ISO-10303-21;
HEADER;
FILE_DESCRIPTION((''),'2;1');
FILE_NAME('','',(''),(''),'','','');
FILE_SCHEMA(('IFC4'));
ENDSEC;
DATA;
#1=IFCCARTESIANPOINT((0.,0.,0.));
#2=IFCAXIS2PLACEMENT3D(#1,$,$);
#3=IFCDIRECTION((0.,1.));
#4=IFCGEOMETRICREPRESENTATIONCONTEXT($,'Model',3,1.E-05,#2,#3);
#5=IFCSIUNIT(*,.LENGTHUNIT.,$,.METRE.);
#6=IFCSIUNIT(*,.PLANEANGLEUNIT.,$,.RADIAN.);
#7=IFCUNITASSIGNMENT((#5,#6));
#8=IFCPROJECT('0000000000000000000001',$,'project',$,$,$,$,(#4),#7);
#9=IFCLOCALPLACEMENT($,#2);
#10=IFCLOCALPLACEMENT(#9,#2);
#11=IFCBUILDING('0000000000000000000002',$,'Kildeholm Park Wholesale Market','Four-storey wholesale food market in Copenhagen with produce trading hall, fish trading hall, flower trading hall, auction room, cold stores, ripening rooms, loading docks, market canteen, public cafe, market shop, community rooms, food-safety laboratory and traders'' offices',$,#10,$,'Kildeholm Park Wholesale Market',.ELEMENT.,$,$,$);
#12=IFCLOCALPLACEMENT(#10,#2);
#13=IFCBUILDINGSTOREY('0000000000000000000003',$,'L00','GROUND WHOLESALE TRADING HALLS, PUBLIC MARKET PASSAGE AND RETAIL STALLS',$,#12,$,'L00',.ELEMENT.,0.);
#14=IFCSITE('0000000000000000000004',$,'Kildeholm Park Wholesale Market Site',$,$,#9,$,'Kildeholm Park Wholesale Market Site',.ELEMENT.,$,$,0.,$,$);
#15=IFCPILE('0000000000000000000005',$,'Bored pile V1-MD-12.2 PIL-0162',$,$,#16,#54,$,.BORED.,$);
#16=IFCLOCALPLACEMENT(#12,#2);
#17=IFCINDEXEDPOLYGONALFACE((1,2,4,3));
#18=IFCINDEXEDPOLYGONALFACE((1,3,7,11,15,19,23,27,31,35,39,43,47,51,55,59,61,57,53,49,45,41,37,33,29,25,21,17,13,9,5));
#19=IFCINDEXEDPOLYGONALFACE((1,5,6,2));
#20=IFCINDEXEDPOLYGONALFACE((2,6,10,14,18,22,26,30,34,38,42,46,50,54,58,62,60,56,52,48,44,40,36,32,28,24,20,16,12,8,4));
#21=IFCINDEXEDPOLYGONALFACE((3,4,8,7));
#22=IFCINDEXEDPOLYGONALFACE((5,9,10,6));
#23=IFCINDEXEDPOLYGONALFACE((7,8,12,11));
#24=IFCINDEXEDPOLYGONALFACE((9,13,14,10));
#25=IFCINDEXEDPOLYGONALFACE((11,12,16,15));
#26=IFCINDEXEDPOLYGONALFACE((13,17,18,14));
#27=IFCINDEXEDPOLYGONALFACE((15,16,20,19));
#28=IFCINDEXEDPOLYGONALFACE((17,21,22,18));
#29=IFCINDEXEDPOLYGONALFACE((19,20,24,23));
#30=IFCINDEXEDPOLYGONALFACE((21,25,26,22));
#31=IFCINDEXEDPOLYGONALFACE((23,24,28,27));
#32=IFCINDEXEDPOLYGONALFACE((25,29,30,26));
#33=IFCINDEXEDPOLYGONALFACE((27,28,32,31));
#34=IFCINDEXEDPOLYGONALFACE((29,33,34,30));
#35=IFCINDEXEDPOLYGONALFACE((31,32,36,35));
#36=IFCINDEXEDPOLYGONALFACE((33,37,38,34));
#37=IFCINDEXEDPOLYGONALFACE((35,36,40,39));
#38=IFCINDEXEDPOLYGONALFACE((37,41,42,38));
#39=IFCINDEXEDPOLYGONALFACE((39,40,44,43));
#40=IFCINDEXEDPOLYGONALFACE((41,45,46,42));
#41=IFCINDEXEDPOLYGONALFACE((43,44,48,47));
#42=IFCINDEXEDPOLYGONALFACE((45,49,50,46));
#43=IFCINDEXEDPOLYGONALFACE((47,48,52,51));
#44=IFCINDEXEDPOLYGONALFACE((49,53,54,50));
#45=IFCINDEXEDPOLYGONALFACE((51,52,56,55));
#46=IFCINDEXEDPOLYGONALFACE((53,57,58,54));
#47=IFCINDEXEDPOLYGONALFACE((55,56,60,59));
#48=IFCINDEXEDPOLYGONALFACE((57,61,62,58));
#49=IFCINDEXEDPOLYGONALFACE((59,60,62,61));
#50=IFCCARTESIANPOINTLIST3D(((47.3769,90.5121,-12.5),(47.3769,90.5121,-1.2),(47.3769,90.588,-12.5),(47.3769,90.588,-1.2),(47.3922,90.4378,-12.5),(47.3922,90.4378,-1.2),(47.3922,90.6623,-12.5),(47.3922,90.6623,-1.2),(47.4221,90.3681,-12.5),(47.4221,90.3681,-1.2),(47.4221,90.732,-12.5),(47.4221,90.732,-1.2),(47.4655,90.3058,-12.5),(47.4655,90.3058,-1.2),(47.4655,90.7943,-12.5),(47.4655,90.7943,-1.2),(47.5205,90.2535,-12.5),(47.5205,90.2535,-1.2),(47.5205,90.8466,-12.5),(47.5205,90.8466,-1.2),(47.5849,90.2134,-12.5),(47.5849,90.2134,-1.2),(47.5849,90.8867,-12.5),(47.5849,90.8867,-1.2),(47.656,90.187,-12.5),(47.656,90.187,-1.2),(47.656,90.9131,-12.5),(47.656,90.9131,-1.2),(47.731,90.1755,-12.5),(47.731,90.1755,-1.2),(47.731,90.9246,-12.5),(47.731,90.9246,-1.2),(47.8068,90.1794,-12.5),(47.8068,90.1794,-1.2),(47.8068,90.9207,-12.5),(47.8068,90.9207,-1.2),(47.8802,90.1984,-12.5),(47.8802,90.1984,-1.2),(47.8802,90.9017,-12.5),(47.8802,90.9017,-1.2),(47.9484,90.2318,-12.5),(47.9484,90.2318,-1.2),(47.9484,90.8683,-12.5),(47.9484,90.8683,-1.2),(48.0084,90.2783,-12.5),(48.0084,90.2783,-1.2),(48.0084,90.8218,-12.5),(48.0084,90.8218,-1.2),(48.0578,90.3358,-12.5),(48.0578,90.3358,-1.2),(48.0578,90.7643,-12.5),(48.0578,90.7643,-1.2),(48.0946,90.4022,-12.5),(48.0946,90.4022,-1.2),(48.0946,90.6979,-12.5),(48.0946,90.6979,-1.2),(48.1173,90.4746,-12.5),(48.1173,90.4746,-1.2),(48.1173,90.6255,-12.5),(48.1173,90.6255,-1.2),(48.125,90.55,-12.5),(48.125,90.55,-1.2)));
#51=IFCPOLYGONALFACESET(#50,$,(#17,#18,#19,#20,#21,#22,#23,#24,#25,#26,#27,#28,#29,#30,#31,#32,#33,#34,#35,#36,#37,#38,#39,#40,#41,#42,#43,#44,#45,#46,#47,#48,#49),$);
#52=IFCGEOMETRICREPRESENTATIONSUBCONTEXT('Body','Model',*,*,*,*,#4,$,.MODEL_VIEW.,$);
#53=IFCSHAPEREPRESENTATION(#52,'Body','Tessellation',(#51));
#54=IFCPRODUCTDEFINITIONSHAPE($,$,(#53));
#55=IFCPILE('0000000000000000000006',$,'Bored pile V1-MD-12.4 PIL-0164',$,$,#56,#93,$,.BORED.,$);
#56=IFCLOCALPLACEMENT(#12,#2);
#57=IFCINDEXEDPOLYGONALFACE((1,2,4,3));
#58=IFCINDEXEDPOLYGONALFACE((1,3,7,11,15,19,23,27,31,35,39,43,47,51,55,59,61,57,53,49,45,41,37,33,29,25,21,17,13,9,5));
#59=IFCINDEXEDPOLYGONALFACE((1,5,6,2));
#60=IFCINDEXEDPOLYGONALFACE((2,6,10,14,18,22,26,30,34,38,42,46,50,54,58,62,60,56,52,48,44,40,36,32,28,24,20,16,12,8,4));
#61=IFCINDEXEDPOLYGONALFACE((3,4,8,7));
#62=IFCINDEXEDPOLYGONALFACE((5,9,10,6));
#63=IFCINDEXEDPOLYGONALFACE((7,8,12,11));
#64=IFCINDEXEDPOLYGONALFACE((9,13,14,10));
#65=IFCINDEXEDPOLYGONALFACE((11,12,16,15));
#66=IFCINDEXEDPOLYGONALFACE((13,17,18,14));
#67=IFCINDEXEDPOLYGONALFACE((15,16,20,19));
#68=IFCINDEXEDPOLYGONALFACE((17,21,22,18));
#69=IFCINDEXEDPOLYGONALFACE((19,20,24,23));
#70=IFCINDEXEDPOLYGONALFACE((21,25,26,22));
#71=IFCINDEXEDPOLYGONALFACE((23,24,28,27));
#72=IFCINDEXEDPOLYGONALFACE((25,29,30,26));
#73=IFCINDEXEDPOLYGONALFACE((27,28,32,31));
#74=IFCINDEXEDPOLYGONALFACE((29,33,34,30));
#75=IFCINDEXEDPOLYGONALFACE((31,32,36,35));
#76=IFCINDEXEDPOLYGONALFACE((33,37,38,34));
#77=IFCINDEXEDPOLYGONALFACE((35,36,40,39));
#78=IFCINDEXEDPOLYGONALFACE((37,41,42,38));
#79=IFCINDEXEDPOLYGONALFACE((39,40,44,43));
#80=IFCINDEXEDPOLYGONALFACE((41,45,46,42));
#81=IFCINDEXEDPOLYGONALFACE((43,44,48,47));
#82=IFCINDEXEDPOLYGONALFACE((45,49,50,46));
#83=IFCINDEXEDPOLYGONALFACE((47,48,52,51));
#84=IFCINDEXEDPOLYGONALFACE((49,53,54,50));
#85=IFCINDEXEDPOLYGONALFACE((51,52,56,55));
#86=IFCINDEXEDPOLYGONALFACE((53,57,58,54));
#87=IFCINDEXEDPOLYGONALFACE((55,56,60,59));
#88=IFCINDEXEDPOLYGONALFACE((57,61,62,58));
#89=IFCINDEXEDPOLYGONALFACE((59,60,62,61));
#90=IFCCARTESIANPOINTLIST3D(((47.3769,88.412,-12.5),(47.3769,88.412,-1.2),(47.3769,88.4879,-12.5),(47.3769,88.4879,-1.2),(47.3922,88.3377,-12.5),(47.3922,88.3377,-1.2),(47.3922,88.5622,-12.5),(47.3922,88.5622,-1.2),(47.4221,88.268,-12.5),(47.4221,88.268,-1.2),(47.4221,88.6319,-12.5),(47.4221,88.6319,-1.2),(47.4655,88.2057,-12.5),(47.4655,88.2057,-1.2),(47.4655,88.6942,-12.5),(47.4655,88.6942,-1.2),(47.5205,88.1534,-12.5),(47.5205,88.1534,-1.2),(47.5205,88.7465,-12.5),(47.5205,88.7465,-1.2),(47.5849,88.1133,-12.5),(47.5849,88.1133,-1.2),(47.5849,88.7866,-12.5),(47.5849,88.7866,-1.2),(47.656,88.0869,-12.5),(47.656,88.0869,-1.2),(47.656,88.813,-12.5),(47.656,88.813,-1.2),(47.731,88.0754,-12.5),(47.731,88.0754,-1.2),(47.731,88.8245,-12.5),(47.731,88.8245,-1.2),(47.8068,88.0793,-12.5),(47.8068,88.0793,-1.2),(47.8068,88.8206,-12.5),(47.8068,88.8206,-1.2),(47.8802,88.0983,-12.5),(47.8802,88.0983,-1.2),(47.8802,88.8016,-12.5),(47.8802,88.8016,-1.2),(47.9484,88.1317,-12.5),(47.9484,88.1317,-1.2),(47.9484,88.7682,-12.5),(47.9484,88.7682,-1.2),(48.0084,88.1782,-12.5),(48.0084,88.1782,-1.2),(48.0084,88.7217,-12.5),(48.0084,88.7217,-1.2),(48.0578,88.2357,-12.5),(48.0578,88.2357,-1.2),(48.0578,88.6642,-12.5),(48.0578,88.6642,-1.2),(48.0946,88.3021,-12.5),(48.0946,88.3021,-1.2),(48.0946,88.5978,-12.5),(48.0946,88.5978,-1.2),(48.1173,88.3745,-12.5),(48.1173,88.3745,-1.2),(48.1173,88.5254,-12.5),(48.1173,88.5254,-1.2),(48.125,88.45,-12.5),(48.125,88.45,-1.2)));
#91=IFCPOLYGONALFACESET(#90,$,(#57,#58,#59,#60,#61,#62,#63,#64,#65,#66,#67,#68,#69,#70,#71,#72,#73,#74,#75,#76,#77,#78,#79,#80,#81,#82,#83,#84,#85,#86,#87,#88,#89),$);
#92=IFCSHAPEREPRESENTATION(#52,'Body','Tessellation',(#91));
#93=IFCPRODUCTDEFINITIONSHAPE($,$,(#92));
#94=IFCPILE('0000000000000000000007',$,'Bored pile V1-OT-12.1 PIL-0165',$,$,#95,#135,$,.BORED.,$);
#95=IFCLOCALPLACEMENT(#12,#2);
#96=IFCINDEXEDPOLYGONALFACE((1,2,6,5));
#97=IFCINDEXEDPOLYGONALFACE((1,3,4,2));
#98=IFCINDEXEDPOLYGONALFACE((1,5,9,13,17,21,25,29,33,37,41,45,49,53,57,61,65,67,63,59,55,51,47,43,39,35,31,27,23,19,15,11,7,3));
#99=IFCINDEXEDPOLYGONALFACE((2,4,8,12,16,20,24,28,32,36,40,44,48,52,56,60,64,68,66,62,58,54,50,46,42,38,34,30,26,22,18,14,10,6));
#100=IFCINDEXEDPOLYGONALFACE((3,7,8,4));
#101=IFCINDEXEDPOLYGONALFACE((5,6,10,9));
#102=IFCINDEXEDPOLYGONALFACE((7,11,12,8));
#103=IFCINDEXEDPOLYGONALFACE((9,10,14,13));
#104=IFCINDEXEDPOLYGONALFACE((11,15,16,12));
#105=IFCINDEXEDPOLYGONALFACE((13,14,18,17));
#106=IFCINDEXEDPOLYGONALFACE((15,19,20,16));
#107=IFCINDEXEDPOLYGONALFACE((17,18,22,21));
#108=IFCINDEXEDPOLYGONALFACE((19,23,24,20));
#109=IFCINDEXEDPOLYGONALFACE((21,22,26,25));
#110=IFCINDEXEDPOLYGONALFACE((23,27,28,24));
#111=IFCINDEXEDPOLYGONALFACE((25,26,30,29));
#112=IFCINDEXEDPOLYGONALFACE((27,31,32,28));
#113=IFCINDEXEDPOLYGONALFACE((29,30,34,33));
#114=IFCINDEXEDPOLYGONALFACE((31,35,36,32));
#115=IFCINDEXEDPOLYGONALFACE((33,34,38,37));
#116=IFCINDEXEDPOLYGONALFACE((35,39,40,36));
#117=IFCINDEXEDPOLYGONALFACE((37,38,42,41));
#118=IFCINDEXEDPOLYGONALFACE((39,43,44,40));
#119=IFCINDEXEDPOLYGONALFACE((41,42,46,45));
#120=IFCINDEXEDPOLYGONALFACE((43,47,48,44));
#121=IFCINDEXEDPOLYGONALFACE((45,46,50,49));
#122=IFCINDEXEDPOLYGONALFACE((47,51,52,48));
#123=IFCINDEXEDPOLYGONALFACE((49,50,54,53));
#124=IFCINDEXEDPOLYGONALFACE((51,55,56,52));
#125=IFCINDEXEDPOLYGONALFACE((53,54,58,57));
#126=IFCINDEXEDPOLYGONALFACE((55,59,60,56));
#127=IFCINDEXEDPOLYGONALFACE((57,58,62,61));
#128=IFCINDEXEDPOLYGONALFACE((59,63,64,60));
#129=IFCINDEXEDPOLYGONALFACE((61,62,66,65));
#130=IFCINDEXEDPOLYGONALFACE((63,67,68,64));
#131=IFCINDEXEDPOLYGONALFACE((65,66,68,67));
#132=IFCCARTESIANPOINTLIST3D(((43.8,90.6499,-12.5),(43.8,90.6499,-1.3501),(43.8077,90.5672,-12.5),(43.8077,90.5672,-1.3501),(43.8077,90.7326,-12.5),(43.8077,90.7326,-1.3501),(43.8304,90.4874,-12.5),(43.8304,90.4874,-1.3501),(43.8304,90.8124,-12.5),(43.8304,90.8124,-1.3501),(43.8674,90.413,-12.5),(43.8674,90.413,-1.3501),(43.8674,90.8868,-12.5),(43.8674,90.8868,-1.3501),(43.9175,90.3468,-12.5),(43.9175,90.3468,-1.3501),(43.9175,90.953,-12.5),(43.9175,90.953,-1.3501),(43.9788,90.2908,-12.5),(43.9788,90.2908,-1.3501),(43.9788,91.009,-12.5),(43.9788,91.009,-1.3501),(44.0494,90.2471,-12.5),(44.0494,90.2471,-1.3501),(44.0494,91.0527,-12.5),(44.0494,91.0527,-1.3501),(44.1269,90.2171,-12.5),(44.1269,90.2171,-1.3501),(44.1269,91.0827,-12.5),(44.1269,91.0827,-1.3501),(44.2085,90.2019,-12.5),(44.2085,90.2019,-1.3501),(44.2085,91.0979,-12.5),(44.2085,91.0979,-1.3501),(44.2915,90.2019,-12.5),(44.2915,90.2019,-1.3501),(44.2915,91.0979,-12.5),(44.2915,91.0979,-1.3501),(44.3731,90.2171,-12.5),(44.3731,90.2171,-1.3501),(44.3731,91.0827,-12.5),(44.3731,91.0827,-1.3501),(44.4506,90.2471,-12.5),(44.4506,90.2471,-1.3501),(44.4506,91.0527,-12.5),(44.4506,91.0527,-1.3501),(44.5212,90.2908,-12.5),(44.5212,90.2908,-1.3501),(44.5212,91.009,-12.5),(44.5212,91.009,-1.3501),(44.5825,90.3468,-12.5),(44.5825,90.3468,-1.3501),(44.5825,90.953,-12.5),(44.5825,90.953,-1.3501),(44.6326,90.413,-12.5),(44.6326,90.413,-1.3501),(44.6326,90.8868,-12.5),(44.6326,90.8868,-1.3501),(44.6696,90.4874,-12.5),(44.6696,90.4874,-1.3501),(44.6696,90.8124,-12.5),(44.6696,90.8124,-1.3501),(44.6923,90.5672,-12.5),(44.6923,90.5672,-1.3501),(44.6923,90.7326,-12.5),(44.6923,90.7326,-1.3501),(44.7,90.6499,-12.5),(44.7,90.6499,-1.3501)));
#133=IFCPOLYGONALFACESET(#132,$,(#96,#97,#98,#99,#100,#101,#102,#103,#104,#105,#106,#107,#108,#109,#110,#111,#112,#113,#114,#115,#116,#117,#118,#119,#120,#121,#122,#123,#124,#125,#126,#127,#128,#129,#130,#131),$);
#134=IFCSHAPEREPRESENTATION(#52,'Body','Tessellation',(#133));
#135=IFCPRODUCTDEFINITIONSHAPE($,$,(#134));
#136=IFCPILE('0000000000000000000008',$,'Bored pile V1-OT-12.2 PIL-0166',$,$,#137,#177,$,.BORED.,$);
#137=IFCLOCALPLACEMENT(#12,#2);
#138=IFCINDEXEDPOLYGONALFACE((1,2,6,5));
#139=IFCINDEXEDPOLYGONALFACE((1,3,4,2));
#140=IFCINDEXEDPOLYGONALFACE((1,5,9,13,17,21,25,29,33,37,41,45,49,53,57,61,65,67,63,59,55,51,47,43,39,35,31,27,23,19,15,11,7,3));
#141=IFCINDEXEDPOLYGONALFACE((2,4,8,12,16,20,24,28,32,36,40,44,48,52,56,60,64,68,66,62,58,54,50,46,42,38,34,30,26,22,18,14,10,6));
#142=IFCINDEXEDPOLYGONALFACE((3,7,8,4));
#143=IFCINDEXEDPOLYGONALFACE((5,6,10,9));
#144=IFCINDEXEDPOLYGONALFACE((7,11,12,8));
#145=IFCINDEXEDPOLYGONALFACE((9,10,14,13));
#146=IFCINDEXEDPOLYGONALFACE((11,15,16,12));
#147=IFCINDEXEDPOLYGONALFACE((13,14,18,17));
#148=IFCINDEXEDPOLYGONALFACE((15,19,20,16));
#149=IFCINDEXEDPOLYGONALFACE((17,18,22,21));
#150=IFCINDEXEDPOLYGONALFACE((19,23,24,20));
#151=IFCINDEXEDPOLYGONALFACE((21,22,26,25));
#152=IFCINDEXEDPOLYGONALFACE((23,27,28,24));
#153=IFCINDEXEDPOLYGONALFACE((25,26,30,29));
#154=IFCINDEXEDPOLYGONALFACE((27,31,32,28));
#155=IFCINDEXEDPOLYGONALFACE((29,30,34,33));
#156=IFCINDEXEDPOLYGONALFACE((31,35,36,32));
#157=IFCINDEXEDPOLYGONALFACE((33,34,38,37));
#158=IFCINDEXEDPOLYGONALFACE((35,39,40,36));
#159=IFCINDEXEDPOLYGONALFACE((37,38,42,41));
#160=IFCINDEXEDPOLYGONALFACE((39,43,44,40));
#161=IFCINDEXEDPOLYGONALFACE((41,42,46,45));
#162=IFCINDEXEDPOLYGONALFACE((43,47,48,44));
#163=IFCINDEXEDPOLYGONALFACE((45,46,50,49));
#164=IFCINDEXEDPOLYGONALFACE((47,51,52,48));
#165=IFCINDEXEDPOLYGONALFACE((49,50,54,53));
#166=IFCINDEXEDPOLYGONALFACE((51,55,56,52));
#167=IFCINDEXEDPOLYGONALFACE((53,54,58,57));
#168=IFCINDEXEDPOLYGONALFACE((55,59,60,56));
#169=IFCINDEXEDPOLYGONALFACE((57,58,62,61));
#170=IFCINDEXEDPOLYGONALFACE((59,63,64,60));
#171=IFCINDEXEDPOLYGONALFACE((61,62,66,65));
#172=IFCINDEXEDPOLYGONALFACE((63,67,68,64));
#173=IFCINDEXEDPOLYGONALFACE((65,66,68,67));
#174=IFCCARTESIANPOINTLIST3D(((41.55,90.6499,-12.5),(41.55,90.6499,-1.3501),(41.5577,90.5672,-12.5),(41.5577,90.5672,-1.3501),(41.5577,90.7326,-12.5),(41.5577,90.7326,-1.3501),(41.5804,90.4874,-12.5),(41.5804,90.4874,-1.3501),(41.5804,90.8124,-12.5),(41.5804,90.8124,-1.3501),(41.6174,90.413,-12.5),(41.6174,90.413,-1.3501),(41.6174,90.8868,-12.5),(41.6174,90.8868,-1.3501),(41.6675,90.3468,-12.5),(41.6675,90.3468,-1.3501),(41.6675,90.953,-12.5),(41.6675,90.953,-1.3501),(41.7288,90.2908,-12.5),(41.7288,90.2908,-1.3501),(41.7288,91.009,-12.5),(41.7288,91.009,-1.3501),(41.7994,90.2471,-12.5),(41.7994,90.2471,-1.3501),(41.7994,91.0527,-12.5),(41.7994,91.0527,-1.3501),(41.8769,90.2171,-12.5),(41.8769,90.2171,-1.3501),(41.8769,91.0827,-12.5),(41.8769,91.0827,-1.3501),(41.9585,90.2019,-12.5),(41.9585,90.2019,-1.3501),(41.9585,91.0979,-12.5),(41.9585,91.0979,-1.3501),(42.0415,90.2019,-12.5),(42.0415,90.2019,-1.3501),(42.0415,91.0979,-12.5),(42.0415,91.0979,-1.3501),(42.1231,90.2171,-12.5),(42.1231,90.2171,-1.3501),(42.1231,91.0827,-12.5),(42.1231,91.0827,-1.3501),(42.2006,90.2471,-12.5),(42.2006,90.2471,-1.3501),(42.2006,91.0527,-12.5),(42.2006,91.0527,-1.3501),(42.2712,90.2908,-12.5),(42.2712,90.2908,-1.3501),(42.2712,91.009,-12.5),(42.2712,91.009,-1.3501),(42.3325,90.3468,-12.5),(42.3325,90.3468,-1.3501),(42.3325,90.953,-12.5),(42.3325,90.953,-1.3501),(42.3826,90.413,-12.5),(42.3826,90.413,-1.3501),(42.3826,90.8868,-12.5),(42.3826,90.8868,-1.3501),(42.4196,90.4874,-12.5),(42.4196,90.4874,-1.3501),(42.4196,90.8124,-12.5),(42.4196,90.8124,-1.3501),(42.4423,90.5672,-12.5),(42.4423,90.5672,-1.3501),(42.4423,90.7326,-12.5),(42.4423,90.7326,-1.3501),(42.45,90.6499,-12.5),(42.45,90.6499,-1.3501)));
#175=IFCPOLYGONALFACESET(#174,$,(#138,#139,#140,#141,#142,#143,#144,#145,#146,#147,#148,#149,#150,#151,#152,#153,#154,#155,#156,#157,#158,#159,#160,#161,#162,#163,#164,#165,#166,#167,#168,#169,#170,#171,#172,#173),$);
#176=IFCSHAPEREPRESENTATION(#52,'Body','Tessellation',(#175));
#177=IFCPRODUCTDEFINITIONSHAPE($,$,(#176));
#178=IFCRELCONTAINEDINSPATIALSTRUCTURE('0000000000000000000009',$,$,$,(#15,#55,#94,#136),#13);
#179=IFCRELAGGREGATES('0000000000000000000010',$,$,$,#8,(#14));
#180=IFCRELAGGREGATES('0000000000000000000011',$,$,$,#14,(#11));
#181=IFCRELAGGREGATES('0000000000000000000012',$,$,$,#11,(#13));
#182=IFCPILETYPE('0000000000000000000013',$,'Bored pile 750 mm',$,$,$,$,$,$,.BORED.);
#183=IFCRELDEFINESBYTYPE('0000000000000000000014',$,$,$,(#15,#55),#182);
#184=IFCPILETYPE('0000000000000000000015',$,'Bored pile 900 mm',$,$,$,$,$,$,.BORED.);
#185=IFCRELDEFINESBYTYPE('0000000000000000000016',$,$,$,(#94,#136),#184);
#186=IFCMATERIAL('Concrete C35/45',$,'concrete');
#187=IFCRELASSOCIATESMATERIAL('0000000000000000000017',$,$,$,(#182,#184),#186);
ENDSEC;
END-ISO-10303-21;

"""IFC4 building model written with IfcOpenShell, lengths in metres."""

from ifc_helpers import new_model, si_unit, direction, frame, origin, origin_2d, place, context, subcontext, project, spatial, circle, extrude, material, material_profile, profile_set, type_object, element, save


model = new_model("IFC4")

# Units and contexts
model_context = context("Model", 3, precision=1e-05, world=origin(), true_north=direction((0.0, 1.0)))
body_context = subcontext(model_context, "Body", "Model", "MODEL_VIEW")
ifc_project = project(units=[si_unit("LENGTHUNIT", "METRE"), si_unit("PLANEANGLEUNIT", "RADIAN")], contexts=[model_context])

# Site, building, storey
site_placement = place(None, origin())
site = spatial("IfcSite", under=ifc_project, at=site_placement, Name="Kildeholm Park Wholesale Market Site", LongName="Kildeholm Park Wholesale Market Site", CompositionType="ELEMENT", RefElevation=0.0)
building_placement = place(site_placement, origin())
building = spatial("IfcBuilding", under=site, at=building_placement, Name="Kildeholm Park Wholesale Market", Description="Four-storey wholesale food market in Copenhagen with produce trading hall, fish trading hall, flower trading hall, auction room, cold stores, ripening rooms, loading docks, market canteen, public cafe, market shop, community rooms, food-safety laboratory and traders' offices", LongName="Kildeholm Park Wholesale Market", CompositionType="ELEMENT")
storey_placement = place(building_placement, origin())
storey = spatial("IfcBuildingStorey", under=building, at=storey_placement, Name="L00", Description="GROUND WHOLESALE TRADING HALLS, PUBLIC MARKET PASSAGE AND RETAIL STALLS", LongName="L00", CompositionType="ELEMENT", Elevation=0.0)

# Piles
ifc_material_1 = material(Name="Concrete C35/45", Category="concrete")
ifc_material_profile_1 = material_profile(ifc_material_1, circle(Radius=0.375, at=origin_2d()), Name="PILE D750")
ifc_profile_set_1 = profile_set([ifc_material_profile_1], Name="Concrete C35/45")
pile_type_1 = type_object("IfcPileType", Name="Bored pile 750 mm", PredefinedType="BORED", material=ifc_profile_set_1)
for number, where, z_axis, x_axis, name in (
    (1, (47.75, 90.55, -1.2), (0.0, 0.0, -1.0), (1.0, 0.0, 0.0), "Bored pile V1-MD-12.2 PIL-0162"),
    (2, (47.75, 88.45, -1.2), (0.0, 0.0, -1.0), (1.0, 0.0, 0.0), "Bored pile V1-MD-12.4 PIL-0164"),
):
    element("IfcPile", number, at=place(storey_placement, frame(where, z_axis=z_axis, x_axis=x_axis)), inside=storey, type_object=pile_type_1, Name=name, PredefinedType="BORED", context=body_context, shape_type="SweptSolid", body=[
        extrude(circle(Radius=0.375, at=origin_2d()), origin(), (0.0, 0.0, 1.0), 11.3),
    ])
ifc_material_profile_2 = material_profile(ifc_material_1, circle(Radius=0.45, at=origin_2d()), Name="PILE D900")
ifc_profile_set_2 = profile_set([ifc_material_profile_2], Name="Concrete C35/45")
pile_type_2 = type_object("IfcPileType", Name="Bored pile 900 mm", PredefinedType="BORED", material=ifc_profile_set_2)
for number, where, z_axis, x_axis, name in (
    (3, (44.25, 90.6499, -1.3501), (0.0, 0.0, -1.0), (1.0, 0.0, 0.0), "Bored pile V1-OT-12.1 PIL-0165"),
    (4, (42.0, 90.6499, -1.3501), (0.0, 0.0, -1.0), (1.0, 0.0, 0.0), "Bored pile V1-OT-12.2 PIL-0166"),
):
    element("IfcPile", number, at=place(storey_placement, frame(where, z_axis=z_axis, x_axis=x_axis)), inside=storey, type_object=pile_type_2, Name=name, PredefinedType="BORED", context=body_context, shape_type="SweptSolid", body=[
        extrude(circle(Radius=0.45, at=origin_2d()), origin(), (0.0, 0.0, 1.0), 11.1499),
    ])

save(model, "model.ifc")
